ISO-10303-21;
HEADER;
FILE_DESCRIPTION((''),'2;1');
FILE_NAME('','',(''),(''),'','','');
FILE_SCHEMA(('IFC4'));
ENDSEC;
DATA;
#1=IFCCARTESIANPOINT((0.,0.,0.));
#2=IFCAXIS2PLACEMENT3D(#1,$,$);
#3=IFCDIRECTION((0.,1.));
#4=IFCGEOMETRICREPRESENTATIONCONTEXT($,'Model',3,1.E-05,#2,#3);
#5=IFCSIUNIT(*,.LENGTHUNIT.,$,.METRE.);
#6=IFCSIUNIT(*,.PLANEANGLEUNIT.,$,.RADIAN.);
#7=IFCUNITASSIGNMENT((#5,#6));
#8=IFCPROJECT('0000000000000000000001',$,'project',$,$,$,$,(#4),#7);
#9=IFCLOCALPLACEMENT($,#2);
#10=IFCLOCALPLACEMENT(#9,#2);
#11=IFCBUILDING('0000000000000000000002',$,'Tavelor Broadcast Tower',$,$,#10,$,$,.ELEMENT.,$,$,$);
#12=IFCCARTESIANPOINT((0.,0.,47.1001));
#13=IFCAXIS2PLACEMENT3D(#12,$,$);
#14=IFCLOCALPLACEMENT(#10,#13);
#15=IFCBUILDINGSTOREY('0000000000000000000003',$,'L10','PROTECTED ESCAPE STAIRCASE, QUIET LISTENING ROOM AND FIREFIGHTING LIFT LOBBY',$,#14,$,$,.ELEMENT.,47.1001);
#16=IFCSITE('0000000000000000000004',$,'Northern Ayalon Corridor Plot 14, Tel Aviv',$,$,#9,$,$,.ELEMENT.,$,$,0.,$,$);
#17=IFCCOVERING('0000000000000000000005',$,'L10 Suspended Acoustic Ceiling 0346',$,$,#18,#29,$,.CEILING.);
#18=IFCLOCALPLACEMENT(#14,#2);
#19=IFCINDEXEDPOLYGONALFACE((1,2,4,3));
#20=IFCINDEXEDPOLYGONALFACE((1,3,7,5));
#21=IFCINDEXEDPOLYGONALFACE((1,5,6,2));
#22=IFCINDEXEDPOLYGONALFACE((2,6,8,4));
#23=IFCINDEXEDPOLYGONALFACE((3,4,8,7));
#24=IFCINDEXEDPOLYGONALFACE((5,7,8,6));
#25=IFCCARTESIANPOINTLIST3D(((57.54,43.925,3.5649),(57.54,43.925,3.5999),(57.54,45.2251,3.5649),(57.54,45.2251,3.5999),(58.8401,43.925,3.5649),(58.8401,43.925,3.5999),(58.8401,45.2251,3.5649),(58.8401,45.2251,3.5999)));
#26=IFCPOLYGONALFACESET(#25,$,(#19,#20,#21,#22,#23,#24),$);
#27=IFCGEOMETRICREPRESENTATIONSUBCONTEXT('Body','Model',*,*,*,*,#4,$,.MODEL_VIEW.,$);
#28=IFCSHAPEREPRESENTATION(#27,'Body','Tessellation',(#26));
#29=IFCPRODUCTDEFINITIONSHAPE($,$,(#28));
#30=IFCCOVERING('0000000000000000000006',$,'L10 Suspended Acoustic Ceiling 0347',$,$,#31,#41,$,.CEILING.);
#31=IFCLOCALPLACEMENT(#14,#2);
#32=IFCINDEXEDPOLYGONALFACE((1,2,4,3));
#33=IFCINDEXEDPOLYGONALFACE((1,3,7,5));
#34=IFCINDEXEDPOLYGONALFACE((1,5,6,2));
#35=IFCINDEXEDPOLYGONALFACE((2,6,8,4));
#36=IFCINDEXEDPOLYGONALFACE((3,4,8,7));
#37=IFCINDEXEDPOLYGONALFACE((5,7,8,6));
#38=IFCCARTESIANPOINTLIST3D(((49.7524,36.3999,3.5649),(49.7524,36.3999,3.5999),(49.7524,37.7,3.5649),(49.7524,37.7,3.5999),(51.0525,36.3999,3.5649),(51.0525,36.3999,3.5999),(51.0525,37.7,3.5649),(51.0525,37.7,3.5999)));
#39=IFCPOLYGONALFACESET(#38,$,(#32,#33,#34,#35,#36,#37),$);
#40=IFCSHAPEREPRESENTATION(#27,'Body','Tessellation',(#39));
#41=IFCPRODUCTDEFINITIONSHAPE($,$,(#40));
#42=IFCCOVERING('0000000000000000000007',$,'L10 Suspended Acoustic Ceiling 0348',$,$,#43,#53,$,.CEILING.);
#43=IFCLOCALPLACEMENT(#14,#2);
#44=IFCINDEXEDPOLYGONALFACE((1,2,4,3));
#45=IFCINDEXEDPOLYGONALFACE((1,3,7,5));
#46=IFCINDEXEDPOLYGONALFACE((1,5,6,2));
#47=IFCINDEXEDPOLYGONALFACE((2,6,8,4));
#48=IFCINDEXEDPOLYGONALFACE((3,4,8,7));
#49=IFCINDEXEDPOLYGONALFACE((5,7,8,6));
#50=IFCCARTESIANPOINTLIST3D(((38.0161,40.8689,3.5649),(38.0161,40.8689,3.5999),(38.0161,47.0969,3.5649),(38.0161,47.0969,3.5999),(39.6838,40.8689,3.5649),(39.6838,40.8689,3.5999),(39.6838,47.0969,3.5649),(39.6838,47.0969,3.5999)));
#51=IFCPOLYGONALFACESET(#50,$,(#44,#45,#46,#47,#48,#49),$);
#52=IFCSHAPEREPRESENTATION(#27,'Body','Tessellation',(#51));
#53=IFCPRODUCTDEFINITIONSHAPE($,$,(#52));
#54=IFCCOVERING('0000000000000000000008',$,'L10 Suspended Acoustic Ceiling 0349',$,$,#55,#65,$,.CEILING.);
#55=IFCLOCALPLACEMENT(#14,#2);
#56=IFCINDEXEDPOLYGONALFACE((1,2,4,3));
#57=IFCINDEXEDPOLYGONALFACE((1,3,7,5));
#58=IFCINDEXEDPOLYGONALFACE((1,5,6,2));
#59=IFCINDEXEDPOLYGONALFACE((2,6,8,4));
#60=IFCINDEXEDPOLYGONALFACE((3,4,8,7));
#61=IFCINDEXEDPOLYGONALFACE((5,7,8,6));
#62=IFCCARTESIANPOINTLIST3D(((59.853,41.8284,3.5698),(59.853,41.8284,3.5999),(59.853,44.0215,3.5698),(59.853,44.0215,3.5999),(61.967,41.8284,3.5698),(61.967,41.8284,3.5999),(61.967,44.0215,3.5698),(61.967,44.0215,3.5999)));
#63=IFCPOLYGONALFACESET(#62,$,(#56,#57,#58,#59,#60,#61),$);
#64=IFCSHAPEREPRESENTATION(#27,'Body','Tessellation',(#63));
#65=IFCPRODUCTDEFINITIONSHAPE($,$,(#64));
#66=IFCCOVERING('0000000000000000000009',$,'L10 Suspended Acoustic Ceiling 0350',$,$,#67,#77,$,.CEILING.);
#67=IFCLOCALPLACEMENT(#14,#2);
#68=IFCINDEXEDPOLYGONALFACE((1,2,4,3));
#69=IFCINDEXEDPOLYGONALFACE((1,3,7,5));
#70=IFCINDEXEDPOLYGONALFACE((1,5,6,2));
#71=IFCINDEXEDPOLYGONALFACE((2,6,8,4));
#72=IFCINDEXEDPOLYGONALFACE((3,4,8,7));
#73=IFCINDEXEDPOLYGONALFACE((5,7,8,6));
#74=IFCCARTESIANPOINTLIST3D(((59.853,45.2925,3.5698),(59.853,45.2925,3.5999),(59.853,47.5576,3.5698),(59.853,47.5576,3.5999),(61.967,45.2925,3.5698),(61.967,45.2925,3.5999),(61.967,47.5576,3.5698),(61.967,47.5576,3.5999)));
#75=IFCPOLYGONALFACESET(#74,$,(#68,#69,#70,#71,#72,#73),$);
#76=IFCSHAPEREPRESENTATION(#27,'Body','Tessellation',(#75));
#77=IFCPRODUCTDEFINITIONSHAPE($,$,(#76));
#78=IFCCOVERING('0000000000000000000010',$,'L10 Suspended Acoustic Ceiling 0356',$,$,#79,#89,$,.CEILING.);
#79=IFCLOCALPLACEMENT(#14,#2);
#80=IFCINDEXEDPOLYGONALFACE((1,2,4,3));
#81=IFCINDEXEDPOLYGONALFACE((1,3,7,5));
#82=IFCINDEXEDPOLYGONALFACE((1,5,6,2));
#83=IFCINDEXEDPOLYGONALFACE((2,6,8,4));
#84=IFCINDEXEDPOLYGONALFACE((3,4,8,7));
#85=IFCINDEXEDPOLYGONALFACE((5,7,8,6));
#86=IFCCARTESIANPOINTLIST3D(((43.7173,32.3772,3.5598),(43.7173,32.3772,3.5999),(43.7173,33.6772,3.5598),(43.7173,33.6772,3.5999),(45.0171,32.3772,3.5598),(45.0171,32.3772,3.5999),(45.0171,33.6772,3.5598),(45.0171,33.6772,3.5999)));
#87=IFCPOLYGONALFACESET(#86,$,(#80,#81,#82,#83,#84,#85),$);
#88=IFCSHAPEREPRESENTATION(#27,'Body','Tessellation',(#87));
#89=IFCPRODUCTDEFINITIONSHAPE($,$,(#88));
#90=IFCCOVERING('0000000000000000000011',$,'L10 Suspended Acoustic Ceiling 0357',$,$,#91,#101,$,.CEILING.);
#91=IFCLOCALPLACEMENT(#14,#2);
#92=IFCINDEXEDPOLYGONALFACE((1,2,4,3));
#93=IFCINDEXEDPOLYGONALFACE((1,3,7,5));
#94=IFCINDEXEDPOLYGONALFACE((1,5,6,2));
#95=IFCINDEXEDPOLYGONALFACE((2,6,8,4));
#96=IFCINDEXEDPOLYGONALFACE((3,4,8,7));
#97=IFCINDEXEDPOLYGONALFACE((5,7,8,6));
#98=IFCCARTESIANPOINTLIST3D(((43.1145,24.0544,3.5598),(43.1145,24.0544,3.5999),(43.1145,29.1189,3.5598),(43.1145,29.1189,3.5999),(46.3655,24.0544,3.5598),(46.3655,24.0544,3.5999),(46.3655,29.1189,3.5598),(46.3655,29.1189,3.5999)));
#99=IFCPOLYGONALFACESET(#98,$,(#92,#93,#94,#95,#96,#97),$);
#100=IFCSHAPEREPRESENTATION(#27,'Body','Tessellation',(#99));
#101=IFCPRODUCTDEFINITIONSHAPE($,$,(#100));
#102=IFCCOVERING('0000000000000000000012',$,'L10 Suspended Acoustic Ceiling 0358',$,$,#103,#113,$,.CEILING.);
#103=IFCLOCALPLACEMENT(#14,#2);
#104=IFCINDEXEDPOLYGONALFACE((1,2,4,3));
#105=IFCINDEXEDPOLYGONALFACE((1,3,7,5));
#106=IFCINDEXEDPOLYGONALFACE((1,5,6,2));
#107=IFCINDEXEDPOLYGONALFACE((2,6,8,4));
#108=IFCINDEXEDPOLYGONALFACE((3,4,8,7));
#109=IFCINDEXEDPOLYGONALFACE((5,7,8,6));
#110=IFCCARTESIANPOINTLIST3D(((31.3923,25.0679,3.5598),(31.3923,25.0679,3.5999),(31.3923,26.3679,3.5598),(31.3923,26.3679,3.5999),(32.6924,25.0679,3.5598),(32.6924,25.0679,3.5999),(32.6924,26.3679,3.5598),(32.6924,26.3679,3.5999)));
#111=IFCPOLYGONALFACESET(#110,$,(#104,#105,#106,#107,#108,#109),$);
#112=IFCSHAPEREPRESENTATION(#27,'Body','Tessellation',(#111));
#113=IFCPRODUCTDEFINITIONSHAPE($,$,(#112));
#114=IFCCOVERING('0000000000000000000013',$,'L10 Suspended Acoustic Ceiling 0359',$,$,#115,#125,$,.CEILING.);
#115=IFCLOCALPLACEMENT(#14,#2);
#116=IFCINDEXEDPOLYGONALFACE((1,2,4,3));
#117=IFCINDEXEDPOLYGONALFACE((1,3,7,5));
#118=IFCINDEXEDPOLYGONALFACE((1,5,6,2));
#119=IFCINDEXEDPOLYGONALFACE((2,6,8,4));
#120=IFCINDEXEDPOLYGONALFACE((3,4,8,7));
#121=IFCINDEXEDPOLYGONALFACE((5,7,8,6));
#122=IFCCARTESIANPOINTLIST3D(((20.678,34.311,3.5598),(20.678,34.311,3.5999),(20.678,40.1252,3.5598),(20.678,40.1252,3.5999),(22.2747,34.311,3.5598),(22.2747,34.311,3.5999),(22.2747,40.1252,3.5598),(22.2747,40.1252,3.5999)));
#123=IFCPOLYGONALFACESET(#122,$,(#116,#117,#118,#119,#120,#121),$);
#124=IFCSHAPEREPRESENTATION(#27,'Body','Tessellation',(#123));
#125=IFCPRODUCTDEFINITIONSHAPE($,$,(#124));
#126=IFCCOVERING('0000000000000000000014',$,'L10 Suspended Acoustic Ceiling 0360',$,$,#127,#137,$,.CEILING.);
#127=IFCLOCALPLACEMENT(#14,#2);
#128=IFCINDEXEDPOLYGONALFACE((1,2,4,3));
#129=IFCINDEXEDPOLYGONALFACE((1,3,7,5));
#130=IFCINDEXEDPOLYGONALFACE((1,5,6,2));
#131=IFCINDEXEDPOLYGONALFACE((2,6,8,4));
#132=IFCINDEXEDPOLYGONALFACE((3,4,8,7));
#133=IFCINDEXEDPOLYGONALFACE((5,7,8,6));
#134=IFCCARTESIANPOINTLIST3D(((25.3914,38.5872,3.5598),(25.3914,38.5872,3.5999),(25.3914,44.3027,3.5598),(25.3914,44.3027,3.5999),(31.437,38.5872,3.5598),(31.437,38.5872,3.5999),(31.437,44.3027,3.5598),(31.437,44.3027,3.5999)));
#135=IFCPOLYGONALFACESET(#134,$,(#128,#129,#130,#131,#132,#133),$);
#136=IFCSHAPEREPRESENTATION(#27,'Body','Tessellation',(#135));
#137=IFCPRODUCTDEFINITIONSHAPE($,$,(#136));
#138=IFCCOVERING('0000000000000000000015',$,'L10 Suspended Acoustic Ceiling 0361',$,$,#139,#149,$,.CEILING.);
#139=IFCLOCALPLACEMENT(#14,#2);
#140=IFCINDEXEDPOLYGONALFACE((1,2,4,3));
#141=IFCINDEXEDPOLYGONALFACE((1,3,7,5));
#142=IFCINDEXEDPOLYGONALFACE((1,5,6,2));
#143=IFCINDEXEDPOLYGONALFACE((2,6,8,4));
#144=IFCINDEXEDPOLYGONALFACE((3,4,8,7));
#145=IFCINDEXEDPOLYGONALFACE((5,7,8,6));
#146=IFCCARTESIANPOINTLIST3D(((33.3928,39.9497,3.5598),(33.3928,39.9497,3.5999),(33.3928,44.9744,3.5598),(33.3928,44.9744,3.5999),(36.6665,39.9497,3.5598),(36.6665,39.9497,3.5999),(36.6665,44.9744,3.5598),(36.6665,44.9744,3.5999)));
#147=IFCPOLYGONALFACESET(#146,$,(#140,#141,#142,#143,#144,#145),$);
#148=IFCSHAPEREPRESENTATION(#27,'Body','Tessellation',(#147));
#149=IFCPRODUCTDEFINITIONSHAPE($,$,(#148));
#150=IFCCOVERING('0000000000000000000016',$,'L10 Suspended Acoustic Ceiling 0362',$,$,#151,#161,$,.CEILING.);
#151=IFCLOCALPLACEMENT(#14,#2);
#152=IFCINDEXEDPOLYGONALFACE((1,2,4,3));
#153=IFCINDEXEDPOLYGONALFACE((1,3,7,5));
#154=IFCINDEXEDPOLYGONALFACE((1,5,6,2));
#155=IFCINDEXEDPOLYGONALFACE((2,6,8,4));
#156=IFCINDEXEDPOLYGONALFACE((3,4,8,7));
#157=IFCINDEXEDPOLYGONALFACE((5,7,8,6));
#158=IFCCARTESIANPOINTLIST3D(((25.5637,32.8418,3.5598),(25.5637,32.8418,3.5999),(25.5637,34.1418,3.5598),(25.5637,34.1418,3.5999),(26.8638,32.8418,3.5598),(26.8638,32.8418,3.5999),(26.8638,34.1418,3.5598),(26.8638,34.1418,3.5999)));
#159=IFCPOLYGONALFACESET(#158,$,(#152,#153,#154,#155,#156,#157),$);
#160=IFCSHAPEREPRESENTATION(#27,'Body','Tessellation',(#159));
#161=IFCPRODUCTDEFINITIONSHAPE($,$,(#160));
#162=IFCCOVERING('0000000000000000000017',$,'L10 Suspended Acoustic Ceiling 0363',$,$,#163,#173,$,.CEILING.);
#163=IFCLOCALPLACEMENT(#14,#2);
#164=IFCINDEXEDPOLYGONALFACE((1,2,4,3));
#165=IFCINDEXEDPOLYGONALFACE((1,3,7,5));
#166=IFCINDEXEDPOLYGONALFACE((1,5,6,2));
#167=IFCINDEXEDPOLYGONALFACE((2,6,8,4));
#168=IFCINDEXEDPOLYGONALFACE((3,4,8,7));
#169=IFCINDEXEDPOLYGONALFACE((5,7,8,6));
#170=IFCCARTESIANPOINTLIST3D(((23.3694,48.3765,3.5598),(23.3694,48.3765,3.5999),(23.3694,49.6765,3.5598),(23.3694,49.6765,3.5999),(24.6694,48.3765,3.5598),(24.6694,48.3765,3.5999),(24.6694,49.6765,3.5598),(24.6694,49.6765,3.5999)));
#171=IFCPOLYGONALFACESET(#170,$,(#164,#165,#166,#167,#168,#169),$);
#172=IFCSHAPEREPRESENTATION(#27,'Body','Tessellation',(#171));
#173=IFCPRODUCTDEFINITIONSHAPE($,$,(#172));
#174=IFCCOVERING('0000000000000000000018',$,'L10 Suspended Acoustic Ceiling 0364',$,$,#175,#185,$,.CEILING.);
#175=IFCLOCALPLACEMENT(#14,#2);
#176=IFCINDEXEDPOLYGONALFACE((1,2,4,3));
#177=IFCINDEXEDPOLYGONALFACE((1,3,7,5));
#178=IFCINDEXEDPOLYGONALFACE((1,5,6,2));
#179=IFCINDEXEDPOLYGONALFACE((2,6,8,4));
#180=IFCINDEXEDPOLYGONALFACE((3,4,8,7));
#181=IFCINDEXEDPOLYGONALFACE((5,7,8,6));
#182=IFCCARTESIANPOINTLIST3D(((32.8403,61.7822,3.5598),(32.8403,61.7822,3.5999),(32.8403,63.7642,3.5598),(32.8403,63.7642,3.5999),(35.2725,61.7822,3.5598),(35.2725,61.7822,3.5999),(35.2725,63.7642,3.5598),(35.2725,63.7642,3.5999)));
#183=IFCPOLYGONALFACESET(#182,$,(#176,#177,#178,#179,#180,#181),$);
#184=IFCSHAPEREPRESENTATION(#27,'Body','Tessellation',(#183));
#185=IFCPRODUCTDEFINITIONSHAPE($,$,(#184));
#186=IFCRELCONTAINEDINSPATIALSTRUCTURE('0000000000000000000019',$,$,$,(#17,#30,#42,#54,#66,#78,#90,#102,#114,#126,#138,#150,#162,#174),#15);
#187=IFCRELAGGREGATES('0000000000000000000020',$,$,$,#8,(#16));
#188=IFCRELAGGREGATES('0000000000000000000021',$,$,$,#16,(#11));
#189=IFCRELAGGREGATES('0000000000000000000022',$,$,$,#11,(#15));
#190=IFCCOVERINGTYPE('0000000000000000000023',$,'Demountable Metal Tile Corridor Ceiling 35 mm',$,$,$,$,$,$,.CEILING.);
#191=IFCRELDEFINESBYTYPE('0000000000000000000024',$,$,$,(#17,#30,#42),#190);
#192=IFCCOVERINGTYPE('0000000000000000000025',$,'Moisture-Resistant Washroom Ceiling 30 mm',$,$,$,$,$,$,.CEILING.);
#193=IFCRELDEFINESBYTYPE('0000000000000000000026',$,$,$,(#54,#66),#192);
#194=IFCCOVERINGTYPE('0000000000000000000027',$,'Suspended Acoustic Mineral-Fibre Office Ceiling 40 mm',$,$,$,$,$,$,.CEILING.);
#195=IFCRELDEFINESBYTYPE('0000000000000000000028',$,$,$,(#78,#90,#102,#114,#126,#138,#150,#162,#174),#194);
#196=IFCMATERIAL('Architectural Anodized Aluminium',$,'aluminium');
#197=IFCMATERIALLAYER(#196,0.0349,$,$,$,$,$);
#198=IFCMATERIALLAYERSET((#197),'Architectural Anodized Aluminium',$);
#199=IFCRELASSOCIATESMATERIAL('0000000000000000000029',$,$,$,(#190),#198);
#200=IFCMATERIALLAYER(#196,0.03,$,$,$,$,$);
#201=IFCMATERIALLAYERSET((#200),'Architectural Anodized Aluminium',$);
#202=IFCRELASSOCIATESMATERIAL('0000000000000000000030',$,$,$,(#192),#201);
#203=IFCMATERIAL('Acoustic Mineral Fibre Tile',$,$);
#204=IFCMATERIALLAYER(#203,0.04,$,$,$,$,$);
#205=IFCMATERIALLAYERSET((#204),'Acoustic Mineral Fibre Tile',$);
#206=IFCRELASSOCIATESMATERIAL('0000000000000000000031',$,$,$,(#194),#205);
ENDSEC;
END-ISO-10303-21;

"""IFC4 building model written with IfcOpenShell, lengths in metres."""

from ifc_helpers import new_model, si_unit, direction, frame, origin, place, context, subcontext, project, spatial, polyline, outline, extrude, material, layer, layer_set, type_object, element, save


model = new_model("IFC4")

# Units and contexts
model_context = context("Model", 3, precision=1e-05, world=origin(), true_north=direction((0.0, 1.0)))
body_context = subcontext(model_context, "Body", "Model", "MODEL_VIEW")
ifc_project = project(units=[si_unit("LENGTHUNIT", "METRE"), si_unit("PLANEANGLEUNIT", "RADIAN")], contexts=[model_context])

# Site, building, storey
site_placement = place(None, origin())
site = spatial("IfcSite", under=ifc_project, at=site_placement, Name="Northern Ayalon Corridor Plot 14, Tel Aviv", CompositionType="ELEMENT", RefElevation=0.0)
building_placement = place(site_placement, origin())
building = spatial("IfcBuilding", under=site, at=building_placement, Name="Tavelor Broadcast Tower", CompositionType="ELEMENT")
storey_placement = place(building_placement, frame((0.0, 0.0, 47.1001)))
storey = spatial("IfcBuildingStorey", under=building, at=storey_placement, Name="L10", Description="PROTECTED ESCAPE STAIRCASE, QUIET LISTENING ROOM AND FIREFIGHTING LIFT LOBBY", CompositionType="ELEMENT", Elevation=47.1001)

# Coverings
ifc_material_1 = material(Name="Architectural Anodized Aluminium", Category="aluminium")
ifc_layer_1 = layer(ifc_material_1, 0.0349)
ifc_layer_set_1 = layer_set([ifc_layer_1], Name="Architectural Anodized Aluminium")
covering_type_1 = type_object("IfcCoveringType", Name="Demountable Metal Tile Corridor Ceiling 35 mm", PredefinedType="CEILING", material=ifc_layer_set_1)
covering_1_placement = place(storey_placement, frame((0.0, 0.0, 3.5649)))
element("IfcCovering", 1, at=covering_1_placement, inside=storey, type_object=covering_type_1, Name="L10 Suspended Acoustic Ceiling 0346", PredefinedType="CEILING", context=body_context, shape_type="SweptSolid", body=[
    extrude(outline(polyline([(57.54, 43.925), (58.8401, 43.925), (58.8401, 45.2251), (57.54, 45.2251), (57.54, 43.925)])), origin(), (0.0, 0.0, 1.0), 0.0349),
])
covering_2_placement = place(storey_placement, frame((0.0, 0.0, 3.5649)))
element("IfcCovering", 2, at=covering_2_placement, inside=storey, type_object=covering_type_1, Name="L10 Suspended Acoustic Ceiling 0347", PredefinedType="CEILING", context=body_context, shape_type="SweptSolid", body=[
    extrude(outline(polyline([(49.7524, 36.3999), (51.0525, 36.3999), (51.0525, 37.7), (49.7524, 37.7), (49.7524, 36.3999)])), origin(), (0.0, 0.0, 1.0), 0.0349),
])
covering_3_placement = place(storey_placement, frame((0.0, 0.0, 3.5649)))
element("IfcCovering", 3, at=covering_3_placement, inside=storey, type_object=covering_type_1, Name="L10 Suspended Acoustic Ceiling 0348", PredefinedType="CEILING", context=body_context, shape_type="SweptSolid", body=[
    extrude(outline(polyline([(38.0161, 40.8689), (39.6838, 40.8689), (39.6838, 47.0969), (38.0161, 47.0969), (38.0161, 40.8689)])), origin(), (0.0, 0.0, 1.0), 0.0349),
])
ifc_layer_2 = layer(ifc_material_1, 0.03)
ifc_layer_set_2 = layer_set([ifc_layer_2], Name="Architectural Anodized Aluminium")
covering_type_2 = type_object("IfcCoveringType", Name="Moisture-Resistant Washroom Ceiling 30 mm", PredefinedType="CEILING", material=ifc_layer_set_2)
covering_4_placement = place(storey_placement, frame((0.0, 0.0, 3.5698)))
element("IfcCovering", 4, at=covering_4_placement, inside=storey, type_object=covering_type_2, Name="L10 Suspended Acoustic Ceiling 0349", PredefinedType="CEILING", context=body_context, shape_type="SweptSolid", body=[
    extrude(outline(polyline([(59.853, 41.8284), (61.967, 41.8284), (61.967, 44.0215), (59.853, 44.0215), (59.853, 41.8284)])), origin(), (0.0, 0.0, 1.0), 0.03),
])
covering_5_placement = place(storey_placement, frame((0.0, 0.0, 3.5698)))
element("IfcCovering", 5, at=covering_5_placement, inside=storey, type_object=covering_type_2, Name="L10 Suspended Acoustic Ceiling 0350", PredefinedType="CEILING", context=body_context, shape_type="SweptSolid", body=[
    extrude(outline(polyline([(59.853, 45.2925), (61.967, 45.2925), (61.967, 47.5576), (59.853, 47.5576), (59.853, 45.2925)])), origin(), (0.0, 0.0, 1.0), 0.03),
])
ifc_material_2 = material(Name="Acoustic Mineral Fibre Tile")
ifc_layer_3 = layer(ifc_material_2, 0.04)
ifc_layer_set_3 = layer_set([ifc_layer_3], Name="Acoustic Mineral Fibre Tile")
covering_type_3 = type_object("IfcCoveringType", Name="Suspended Acoustic Mineral-Fibre Office Ceiling 40 mm", PredefinedType="CEILING", material=ifc_layer_set_3)
covering_6_placement = place(storey_placement, frame((0.0, 0.0, 3.5598)))
element("IfcCovering", 6, at=covering_6_placement, inside=storey, type_object=covering_type_3, Name="L10 Suspended Acoustic Ceiling 0356", PredefinedType="CEILING", context=body_context, shape_type="SweptSolid", body=[
    extrude(outline(polyline([(43.7173, 32.3772), (45.0171, 32.3772), (45.0171, 33.6772), (43.7173, 33.6772), (43.7173, 32.3772)])), origin(), (0.0, 0.0, 1.0), 0.04),
])
covering_7_placement = place(storey_placement, frame((0.0, 0.0, 3.5598)))
element("IfcCovering", 7, at=covering_7_placement, inside=storey, type_object=covering_type_3, Name="L10 Suspended Acoustic Ceiling 0357", PredefinedType="CEILING", context=body_context, shape_type="SweptSolid", body=[
    extrude(outline(polyline([(43.1145, 24.0544), (46.3655, 24.0544), (46.3655, 29.1189), (43.1145, 29.1189), (43.1145, 24.0544)])), origin(), (0.0, 0.0, 1.0), 0.04),
])
covering_8_placement = place(storey_placement, frame((0.0, 0.0, 3.5598)))
element("IfcCovering", 8, at=covering_8_placement, inside=storey, type_object=covering_type_3, Name="L10 Suspended Acoustic Ceiling 0358", PredefinedType="CEILING", context=body_context, shape_type="SweptSolid", body=[
    extrude(outline(polyline([(31.3923, 25.0679), (32.6924, 25.0679), (32.6924, 26.3679), (31.3923, 26.3679), (31.3923, 25.0679)])), origin(), (0.0, 0.0, 1.0), 0.04),
])
covering_9_placement = place(storey_placement, frame((0.0, 0.0, 3.5598)))
element("IfcCovering", 9, at=covering_9_placement, inside=storey, type_object=covering_type_3, Name="L10 Suspended Acoustic Ceiling 0359", PredefinedType="CEILING", context=body_context, shape_type="SweptSolid", body=[
    extrude(outline(polyline([(20.678, 34.311), (22.2747, 34.311), (22.2747, 40.1252), (20.678, 40.1252), (20.678, 34.311)])), origin(), (0.0, 0.0, 1.0), 0.04),
])
covering_10_placement = place(storey_placement, frame((0.0, 0.0, 3.5598)))
element("IfcCovering", 10, at=covering_10_placement, inside=storey, type_object=covering_type_3, Name="L10 Suspended Acoustic Ceiling 0360", PredefinedType="CEILING", context=body_context, shape_type="SweptSolid", body=[
    extrude(outline(polyline([(25.3914, 38.5872), (31.437, 38.5872), (31.437, 44.3027), (25.3914, 44.3027), (25.3914, 38.5872)])), origin(), (0.0, 0.0, 1.0), 0.04),
])
covering_11_placement = place(storey_placement, frame((0.0, 0.0, 3.5598)))
element("IfcCovering", 11, at=covering_11_placement, inside=storey, type_object=covering_type_3, Name="L10 Suspended Acoustic Ceiling 0361", PredefinedType="CEILING", context=body_context, shape_type="SweptSolid", body=[
    extrude(outline(polyline([(33.3928, 39.9497), (36.6665, 39.9497), (36.6665, 44.9744), (33.3928, 44.9744), (33.3928, 39.9497)])), origin(), (0.0, 0.0, 1.0), 0.04),
])
covering_12_placement = place(storey_placement, frame((0.0, 0.0, 3.5598)))
element("IfcCovering", 12, at=covering_12_placement, inside=storey, type_object=covering_type_3, Name="L10 Suspended Acoustic Ceiling 0362", PredefinedType="CEILING", context=body_context, shape_type="SweptSolid", body=[
    extrude(outline(polyline([(25.5637, 32.8418), (26.8638, 32.8418), (26.8638, 34.1418), (25.5637, 34.1418), (25.5637, 32.8418)])), origin(), (0.0, 0.0, 1.0), 0.04),
])
covering_13_placement = place(storey_placement, frame((0.0, 0.0, 3.5598)))
element("IfcCovering", 13, at=covering_13_placement, inside=storey, type_object=covering_type_3, Name="L10 Suspended Acoustic Ceiling 0363", PredefinedType="CEILING", context=body_context, shape_type="SweptSolid", body=[
    extrude(outline(polyline([(23.3694, 48.3765), (24.6694, 48.3765), (24.6694, 49.6765), (23.3694, 49.6765), (23.3694, 48.3765)])), origin(), (0.0, 0.0, 1.0), 0.04),
])
covering_14_placement = place(storey_placement, frame((0.0, 0.0, 3.5598)))
element("IfcCovering", 14, at=covering_14_placement, inside=storey, type_object=covering_type_3, Name="L10 Suspended Acoustic Ceiling 0364", PredefinedType="CEILING", context=body_context, shape_type="SweptSolid", body=[
    extrude(outline(polyline([(32.8403, 61.7822), (35.2725, 61.7822), (35.2725, 63.7642), (32.8403, 63.7642), (32.8403, 61.7822)])), origin(), (0.0, 0.0, 1.0), 0.04),
])

save(model, "model.ifc")
